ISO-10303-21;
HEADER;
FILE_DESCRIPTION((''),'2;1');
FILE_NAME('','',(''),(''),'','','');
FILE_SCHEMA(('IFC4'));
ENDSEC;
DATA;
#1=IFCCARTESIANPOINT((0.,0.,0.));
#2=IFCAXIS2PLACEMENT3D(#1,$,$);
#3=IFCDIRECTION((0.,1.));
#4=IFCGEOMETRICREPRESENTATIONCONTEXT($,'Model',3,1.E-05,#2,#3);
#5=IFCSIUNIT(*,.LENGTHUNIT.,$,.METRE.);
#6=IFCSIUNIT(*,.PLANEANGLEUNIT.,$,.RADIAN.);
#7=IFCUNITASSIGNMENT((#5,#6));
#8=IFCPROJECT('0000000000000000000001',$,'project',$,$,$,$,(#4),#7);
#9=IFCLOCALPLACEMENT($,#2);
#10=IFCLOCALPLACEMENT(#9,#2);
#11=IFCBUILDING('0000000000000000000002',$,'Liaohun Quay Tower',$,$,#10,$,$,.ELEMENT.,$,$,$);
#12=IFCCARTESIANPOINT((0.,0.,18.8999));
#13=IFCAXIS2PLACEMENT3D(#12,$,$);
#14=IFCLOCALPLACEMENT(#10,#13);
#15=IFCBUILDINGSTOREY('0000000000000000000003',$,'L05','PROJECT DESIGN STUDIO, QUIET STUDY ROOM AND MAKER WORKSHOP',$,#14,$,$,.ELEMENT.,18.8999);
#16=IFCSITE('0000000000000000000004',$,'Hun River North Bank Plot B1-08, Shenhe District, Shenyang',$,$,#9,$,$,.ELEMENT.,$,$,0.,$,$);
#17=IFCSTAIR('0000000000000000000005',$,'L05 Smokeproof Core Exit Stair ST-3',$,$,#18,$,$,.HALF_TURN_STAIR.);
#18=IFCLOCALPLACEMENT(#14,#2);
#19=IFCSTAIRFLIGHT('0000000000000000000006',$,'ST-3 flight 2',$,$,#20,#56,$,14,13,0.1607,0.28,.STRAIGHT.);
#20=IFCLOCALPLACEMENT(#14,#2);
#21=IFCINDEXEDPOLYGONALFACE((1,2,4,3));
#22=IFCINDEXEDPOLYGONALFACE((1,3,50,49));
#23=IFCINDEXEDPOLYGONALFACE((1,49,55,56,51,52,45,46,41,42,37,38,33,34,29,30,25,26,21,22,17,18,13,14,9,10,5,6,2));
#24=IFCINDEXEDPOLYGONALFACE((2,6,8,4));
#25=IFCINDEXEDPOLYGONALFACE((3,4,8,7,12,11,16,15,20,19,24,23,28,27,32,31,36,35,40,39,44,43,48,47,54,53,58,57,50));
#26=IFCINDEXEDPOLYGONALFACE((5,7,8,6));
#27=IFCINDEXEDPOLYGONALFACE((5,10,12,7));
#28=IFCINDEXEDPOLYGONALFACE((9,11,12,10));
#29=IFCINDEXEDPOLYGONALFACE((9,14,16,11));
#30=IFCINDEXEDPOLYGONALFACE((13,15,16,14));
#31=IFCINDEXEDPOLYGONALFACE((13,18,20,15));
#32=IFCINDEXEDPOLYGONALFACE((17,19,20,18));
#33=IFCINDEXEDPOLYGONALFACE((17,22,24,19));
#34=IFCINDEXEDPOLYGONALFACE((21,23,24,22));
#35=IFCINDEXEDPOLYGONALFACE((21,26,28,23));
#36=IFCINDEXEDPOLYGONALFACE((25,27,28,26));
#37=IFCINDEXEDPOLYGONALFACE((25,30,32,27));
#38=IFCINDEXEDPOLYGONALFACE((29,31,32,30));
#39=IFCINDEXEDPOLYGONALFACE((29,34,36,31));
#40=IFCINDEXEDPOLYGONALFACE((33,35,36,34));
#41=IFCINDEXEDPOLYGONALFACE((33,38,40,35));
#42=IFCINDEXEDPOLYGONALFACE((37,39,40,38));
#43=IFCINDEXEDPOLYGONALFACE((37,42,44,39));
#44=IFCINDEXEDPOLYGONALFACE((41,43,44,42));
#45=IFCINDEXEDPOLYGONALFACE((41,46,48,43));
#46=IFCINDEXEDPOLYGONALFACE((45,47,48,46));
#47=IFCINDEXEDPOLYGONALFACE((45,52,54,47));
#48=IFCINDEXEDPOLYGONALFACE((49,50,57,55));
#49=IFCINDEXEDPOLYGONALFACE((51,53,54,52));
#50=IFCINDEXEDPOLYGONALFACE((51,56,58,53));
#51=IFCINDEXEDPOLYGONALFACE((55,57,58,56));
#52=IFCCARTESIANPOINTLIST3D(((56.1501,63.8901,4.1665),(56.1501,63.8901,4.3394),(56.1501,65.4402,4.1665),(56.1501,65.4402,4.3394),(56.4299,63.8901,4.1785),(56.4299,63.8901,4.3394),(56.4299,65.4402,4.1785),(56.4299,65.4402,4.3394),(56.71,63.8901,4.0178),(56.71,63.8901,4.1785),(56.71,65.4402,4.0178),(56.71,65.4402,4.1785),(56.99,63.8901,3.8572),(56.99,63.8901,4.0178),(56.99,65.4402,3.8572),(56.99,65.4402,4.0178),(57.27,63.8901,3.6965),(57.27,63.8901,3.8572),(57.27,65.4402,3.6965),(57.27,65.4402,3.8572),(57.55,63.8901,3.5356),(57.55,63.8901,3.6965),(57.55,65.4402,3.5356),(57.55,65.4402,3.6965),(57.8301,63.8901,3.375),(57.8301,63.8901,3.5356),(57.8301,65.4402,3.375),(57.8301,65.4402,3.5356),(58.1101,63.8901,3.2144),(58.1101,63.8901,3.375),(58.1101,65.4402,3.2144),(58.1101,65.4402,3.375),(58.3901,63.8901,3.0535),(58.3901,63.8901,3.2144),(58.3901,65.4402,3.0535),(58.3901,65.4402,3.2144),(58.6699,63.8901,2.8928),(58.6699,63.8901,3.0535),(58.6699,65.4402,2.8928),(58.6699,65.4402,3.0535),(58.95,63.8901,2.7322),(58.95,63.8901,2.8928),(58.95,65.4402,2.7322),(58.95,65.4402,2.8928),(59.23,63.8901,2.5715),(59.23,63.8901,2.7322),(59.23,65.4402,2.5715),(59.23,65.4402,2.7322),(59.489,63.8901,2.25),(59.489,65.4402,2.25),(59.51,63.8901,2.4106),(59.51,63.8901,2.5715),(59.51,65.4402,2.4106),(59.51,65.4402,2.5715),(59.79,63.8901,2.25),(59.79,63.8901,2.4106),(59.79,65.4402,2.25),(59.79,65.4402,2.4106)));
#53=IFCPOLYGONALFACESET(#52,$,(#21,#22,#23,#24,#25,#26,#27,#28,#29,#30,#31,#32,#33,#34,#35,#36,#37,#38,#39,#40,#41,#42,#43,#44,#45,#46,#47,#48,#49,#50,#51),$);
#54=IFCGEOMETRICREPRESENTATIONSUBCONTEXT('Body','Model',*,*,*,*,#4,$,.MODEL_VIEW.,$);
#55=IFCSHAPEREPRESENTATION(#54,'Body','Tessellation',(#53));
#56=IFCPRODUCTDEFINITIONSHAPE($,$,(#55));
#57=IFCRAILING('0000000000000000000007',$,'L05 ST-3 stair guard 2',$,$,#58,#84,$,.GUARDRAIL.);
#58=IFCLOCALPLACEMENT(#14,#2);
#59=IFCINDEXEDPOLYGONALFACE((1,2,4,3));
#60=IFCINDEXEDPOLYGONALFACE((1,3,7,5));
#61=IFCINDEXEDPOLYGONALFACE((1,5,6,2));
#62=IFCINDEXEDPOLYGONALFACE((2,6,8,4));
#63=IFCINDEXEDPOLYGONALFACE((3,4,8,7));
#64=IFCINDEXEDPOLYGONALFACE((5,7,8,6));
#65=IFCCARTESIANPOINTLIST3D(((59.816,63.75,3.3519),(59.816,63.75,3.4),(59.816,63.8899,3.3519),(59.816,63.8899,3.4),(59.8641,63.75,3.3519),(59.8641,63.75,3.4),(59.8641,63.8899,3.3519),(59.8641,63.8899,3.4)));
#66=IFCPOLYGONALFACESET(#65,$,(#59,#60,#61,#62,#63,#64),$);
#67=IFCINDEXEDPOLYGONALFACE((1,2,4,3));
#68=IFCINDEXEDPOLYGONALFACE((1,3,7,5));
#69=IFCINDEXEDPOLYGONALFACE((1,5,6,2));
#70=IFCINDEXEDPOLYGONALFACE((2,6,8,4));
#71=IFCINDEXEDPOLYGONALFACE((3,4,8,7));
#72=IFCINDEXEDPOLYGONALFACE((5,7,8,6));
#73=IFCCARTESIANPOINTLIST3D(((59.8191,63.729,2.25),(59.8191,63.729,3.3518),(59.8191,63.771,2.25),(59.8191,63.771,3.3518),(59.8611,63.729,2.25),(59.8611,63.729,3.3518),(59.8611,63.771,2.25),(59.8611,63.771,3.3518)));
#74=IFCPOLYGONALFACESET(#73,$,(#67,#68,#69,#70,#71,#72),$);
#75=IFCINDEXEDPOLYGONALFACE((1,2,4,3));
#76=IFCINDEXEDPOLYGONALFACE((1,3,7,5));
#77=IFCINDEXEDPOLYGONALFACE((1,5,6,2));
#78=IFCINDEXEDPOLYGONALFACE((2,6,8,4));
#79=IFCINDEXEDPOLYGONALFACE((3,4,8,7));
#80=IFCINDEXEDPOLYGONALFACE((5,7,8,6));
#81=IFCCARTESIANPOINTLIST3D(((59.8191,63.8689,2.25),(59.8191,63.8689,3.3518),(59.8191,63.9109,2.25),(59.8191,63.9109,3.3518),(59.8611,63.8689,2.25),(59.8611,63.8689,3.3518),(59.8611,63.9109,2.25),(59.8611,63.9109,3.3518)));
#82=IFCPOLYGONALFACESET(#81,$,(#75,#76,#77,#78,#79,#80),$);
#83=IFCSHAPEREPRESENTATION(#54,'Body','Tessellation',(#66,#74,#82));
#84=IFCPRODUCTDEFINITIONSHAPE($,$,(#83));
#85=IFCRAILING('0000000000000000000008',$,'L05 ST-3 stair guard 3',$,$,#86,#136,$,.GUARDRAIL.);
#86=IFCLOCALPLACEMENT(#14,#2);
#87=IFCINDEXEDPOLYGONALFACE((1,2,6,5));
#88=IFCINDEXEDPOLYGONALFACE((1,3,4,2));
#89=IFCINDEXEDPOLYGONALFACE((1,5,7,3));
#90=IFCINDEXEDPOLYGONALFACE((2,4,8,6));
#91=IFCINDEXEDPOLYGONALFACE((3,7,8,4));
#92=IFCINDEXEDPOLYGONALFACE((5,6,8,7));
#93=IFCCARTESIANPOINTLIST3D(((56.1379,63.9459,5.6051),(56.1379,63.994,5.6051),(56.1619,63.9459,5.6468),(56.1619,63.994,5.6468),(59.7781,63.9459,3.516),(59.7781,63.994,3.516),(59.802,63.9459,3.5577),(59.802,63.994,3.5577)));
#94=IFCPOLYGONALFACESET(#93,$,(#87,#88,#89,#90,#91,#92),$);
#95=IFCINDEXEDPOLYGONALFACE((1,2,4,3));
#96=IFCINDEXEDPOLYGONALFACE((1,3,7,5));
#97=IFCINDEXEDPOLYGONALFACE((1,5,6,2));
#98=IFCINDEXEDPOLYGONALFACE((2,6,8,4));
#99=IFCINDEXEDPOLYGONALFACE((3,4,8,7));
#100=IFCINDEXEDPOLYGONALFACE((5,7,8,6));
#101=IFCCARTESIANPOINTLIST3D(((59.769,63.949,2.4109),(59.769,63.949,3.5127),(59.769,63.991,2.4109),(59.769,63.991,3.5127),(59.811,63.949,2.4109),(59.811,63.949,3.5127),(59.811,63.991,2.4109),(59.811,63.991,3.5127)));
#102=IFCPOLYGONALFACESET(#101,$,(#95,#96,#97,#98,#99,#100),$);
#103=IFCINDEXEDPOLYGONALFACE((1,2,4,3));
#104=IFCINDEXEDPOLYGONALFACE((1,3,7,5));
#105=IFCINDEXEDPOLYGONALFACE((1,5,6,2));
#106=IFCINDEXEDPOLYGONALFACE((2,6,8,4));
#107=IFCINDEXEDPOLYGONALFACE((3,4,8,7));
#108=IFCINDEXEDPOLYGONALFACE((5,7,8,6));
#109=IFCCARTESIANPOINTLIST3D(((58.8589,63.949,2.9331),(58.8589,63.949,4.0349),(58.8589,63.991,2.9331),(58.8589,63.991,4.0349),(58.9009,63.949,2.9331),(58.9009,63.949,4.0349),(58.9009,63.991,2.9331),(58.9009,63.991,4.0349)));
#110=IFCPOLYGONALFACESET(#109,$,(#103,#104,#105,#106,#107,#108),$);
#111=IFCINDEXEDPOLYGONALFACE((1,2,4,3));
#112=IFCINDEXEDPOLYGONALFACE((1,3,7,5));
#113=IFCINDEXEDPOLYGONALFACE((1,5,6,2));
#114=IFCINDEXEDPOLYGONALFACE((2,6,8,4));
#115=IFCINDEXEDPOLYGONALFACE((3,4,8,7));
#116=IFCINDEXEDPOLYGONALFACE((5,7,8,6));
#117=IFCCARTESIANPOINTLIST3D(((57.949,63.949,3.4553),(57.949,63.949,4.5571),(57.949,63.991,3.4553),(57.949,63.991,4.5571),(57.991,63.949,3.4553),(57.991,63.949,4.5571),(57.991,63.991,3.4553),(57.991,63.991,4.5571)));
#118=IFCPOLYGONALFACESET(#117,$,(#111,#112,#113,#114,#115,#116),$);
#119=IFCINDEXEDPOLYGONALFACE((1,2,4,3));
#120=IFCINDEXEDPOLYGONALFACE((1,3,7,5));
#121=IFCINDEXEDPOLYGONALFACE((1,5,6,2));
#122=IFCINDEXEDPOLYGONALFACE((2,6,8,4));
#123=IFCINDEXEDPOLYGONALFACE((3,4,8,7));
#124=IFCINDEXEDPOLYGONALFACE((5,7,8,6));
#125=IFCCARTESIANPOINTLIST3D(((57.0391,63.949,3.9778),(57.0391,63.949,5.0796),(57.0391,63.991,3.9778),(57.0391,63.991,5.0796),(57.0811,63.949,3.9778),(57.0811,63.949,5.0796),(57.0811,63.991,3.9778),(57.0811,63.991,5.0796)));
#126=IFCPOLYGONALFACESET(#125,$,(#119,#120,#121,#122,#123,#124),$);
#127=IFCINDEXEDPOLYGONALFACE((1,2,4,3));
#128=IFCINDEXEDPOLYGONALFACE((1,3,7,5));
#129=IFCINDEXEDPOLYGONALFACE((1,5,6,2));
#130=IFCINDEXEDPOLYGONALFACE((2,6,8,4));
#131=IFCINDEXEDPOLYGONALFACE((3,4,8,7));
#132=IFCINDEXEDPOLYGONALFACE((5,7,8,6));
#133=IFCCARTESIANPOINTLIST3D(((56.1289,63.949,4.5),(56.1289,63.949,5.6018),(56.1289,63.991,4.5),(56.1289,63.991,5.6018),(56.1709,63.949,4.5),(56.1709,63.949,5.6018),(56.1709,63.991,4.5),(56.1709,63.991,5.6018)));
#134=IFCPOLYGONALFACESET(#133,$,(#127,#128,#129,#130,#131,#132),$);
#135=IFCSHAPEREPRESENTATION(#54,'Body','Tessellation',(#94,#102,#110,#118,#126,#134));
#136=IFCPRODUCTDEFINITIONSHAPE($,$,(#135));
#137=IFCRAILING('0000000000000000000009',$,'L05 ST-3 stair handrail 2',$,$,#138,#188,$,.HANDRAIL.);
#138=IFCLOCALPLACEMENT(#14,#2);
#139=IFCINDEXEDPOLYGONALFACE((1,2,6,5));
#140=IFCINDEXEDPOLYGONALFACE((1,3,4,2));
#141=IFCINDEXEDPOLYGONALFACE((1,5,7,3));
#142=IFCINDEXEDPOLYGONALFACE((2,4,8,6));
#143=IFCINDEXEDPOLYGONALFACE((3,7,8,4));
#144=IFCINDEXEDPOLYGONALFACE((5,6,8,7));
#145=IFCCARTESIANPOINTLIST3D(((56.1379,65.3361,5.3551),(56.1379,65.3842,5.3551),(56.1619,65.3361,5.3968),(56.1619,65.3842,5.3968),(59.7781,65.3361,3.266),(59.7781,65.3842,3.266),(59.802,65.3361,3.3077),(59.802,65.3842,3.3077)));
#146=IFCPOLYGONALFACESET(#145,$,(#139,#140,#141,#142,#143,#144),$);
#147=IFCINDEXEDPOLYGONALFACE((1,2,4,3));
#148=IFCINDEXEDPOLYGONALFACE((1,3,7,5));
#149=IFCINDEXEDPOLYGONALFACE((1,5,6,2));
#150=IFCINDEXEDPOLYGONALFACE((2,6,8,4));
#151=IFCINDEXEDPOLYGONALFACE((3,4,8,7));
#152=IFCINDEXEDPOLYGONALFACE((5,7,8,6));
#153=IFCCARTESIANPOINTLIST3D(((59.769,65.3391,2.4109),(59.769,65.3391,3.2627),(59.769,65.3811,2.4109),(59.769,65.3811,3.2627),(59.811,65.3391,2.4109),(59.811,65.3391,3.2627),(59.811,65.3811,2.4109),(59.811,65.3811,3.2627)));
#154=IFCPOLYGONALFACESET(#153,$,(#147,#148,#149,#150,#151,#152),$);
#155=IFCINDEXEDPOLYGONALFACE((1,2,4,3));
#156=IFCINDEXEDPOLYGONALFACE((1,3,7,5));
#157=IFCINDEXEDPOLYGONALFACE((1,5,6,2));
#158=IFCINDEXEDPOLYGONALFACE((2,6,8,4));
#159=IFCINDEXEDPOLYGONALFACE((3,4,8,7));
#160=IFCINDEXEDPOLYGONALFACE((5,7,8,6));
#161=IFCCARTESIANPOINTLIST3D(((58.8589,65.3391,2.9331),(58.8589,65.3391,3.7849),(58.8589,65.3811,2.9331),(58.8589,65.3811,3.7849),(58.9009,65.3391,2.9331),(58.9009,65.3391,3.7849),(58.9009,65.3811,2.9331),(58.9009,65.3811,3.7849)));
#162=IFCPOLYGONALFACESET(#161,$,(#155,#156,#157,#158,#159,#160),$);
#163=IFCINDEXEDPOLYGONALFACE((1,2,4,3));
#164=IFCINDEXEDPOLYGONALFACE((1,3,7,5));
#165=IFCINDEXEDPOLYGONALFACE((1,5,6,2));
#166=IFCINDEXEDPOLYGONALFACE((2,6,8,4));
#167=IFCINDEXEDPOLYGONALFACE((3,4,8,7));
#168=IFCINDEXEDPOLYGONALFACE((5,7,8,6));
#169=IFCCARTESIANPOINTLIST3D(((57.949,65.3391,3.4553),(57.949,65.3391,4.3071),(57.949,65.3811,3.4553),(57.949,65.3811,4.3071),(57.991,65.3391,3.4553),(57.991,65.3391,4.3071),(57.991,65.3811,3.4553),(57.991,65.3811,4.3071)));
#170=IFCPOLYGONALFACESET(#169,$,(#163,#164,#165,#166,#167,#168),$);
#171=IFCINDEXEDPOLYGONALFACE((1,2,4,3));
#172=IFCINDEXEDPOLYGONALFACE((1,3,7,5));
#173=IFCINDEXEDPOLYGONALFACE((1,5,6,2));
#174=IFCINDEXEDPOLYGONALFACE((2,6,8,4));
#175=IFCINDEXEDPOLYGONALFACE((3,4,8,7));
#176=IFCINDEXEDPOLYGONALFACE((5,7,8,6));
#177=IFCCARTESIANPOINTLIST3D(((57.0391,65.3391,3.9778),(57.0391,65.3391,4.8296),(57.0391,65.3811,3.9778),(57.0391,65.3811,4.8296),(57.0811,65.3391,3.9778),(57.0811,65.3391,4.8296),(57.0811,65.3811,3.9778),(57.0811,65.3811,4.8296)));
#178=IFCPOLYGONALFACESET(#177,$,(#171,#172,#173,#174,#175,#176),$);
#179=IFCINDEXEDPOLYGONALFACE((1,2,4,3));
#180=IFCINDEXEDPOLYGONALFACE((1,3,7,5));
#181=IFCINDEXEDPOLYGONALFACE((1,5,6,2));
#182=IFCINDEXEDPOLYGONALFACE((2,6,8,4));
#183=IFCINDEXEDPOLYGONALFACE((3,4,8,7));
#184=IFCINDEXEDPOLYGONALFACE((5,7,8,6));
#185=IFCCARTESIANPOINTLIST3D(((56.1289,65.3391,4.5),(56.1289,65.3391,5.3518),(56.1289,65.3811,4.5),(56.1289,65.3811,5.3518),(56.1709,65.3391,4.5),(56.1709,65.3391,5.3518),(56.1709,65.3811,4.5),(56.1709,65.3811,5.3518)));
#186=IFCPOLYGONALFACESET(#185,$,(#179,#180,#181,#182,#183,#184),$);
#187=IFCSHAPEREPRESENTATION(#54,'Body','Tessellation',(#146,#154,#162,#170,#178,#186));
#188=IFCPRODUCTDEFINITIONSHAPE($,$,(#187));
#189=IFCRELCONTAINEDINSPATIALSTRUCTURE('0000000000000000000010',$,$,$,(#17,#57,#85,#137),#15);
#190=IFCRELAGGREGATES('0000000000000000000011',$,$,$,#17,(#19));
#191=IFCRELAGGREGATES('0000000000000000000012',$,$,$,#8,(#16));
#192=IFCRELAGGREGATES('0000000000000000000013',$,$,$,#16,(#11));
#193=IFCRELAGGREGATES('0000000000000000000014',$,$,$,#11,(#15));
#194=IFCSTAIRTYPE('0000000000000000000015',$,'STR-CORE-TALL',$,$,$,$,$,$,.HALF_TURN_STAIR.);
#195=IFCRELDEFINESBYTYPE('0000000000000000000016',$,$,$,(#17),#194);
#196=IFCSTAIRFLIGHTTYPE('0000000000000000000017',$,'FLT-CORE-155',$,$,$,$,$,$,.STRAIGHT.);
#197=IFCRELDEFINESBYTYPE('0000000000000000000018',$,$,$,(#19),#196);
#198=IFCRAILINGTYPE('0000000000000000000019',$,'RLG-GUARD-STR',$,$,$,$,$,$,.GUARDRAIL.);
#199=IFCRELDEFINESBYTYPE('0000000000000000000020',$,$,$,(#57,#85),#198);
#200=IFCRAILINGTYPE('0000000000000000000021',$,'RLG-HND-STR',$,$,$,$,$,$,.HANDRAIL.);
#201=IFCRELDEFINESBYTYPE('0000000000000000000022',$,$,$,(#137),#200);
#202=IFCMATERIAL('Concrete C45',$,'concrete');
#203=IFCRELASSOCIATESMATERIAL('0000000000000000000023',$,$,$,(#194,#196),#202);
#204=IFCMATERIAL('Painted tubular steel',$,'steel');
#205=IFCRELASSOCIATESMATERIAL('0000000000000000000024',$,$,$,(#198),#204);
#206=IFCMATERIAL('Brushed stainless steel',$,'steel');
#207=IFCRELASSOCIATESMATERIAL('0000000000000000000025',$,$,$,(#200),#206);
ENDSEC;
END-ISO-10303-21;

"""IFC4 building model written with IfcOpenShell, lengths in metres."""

from ifc_helpers import new_model, si_unit, direction, frame, origin, origin_2d, place, context, subcontext, project, spatial, polyline, rectangle, outline, extrude, material, type_object, element, aggregate, save


model = new_model("IFC4")

# Units and contexts
model_context = context("Model", 3, precision=1e-05, world=origin(), true_north=direction((0.0, 1.0)))
body_context = subcontext(model_context, "Body", "Model", "MODEL_VIEW")
ifc_project = project(units=[si_unit("LENGTHUNIT", "METRE"), si_unit("PLANEANGLEUNIT", "RADIAN")], contexts=[model_context])

# Site, building, storey
site_placement = place(None, origin())
site = spatial("IfcSite", under=ifc_project, at=site_placement, Name="Hun River North Bank Plot B1-08, Shenhe District, Shenyang", CompositionType="ELEMENT", RefElevation=0.0)
building_placement = place(site_placement, origin())
building = spatial("IfcBuilding", under=site, at=building_placement, Name="Liaohun Quay Tower", CompositionType="ELEMENT")
storey_placement = place(building_placement, frame((0.0, 0.0, 18.8999)))
storey = spatial("IfcBuildingStorey", under=building, at=storey_placement, Name="L05", Description="PROJECT DESIGN STUDIO, QUIET STUDY ROOM AND MAKER WORKSHOP", CompositionType="ELEMENT", Elevation=18.8999)

# Stair, stair flight
ifc_material_1 = material(Name="Concrete C45", Category="concrete")
stair_type = type_object("IfcStairType", Name="STR-CORE-TALL", PredefinedType="HALF_TURN_STAIR", material=ifc_material_1)
stair_placement = place(storey_placement, origin())
stair = element("IfcStair", 1, at=stair_placement, inside=storey, type_object=stair_type, Name="L05 Smokeproof Core Exit Stair ST-3", PredefinedType="HALF_TURN_STAIR")
stair_flight_type = type_object("IfcStairFlightType", Name="FLT-CORE-155", PredefinedType="STRAIGHT", material=ifc_material_1)
stair_flight_placement = place(storey_placement, frame((59.79, 64.665, 2.25), z_axis=(0.0, 0.0, 1.0), x_axis=(-1.0, 0.0, 0.0)))
stair_flight = element("IfcStairFlight", 2, at=stair_flight_placement, type_object=stair_flight_type, Name="ST-3 flight 2", NumberOfRisers=14, NumberOfTreads=13, PredefinedType="STRAIGHT", RiserHeight=0.1607, TreadLength=0.28, context=body_context, shape_type="SweptSolid", body=[
    extrude(outline(polyline([(0.0, 0.0), (0.0, 0.1606), (0.28, 0.1606), (0.28, 0.3215), (0.5601, 0.3215), (0.5601, 0.4822), (0.8401, 0.4822), (0.8401, 0.6428), (1.1201, 0.6428), (1.1201, 0.8035), (1.3999, 0.8035), (1.3999, 0.9644), (1.6799, 0.9644), (1.6799, 1.125), (1.96, 1.125), (1.96, 1.2856), (2.24, 1.2856), (2.24, 1.4465), (2.52, 1.4465), (2.52, 1.6072), (2.8, 1.6072), (2.8, 1.7678), (3.0801, 1.7678), (3.0801, 1.9285), (3.3601, 1.9285), (3.3601, 2.0894), (3.6399, 2.0894), (3.6399, 2.25), (3.6399, 1.9165), (0.301, 0.0), (0.0, 0.0)])), frame((0.0, 0.7749, 0.0), z_axis=(0.0, -1.0, 0.0), x_axis=(1.0, 0.0, 0.0)), (0.0, 0.0, 1.0), 1.55),
])
aggregate(stair, [stair_flight])

# Railings
ifc_material_2 = material(Name="Painted tubular steel", Category="steel")
railing_type_1 = type_object("IfcRailingType", Name="RLG-GUARD-STR", PredefinedType="GUARDRAIL", material=ifc_material_2)
railing_1_placement = place(storey_placement, frame((59.8401, 63.75, 2.25)))
element("IfcRailing", 3, at=railing_1_placement, inside=storey, type_object=railing_type_1, Name="L05 ST-3 stair guard 2", PredefinedType="GUARDRAIL", context=body_context, shape_type="SweptSolid", body=[
    extrude(rectangle(XDim=0.0481, YDim=0.0481, at=origin_2d()), frame((0.0, 0.0, 1.126), z_axis=(0.0, 1.0, 0.0), x_axis=(-1.0, 0.0, 0.0)), (0.0, 0.0, 1.0), 0.1399),
    extrude(rectangle(XDim=0.042, YDim=0.042, at=origin_2d()), origin(), (0.0, 0.0, 1.0), 1.1018),
    extrude(rectangle(XDim=0.042, YDim=0.042, at=origin_2d()), frame((0.0, 0.1399, 0.0)), (0.0, 0.0, 1.0), 1.1018),
])
railing_2_placement = place(storey_placement, frame((59.79, 63.97, 2.4109)))
element("IfcRailing", 4, at=railing_2_placement, inside=storey, type_object=railing_type_1, Name="L05 ST-3 stair guard 3", PredefinedType="GUARDRAIL", context=body_context, shape_type="SweptSolid", body=[
    extrude(rectangle(XDim=0.0481, YDim=0.0481, at=origin_2d()), frame((0.0, 0.0, 1.126), z_axis=(-0.867314, 0.0, 0.497761), x_axis=(0.0, -1.0, 0.0)), (0.0, 0.0, 1.0), 4.197),
    extrude(rectangle(XDim=0.042, YDim=0.042, at=origin_2d()), origin(), (0.0, 0.0, 1.0), 1.1018),
    extrude(rectangle(XDim=0.042, YDim=0.042, at=origin_2d()), frame((-0.9102, 0.0, 0.5222)), (0.0, 0.0, 1.0), 1.1018),
    extrude(rectangle(XDim=0.042, YDim=0.042, at=origin_2d()), frame((-1.8201, 0.0, 1.0444)), (0.0, 0.0, 1.0), 1.1018),
    extrude(rectangle(XDim=0.042, YDim=0.042, at=origin_2d()), frame((-2.73, 0.0, 1.5669)), (0.0, 0.0, 1.0), 1.1018),
    extrude(rectangle(XDim=0.042, YDim=0.042, at=origin_2d()), frame((-3.6401, 0.0, 2.0891)), (0.0, 0.0, 1.0), 1.1018),
])
ifc_material_3 = material(Name="Brushed stainless steel", Category="steel")
railing_type_2 = type_object("IfcRailingType", Name="RLG-HND-STR", PredefinedType="HANDRAIL", material=ifc_material_3)
railing_3_placement = place(storey_placement, frame((59.79, 65.3601, 2.4109)))
element("IfcRailing", 5, at=railing_3_placement, inside=storey, type_object=railing_type_2, Name="L05 ST-3 stair handrail 2", PredefinedType="HANDRAIL", context=body_context, shape_type="SweptSolid", body=[
    extrude(rectangle(XDim=0.0481, YDim=0.0481, at=origin_2d()), frame((0.0, 0.0, 0.876), z_axis=(-0.867314, 0.0, 0.497761), x_axis=(0.0, -1.0, 0.0)), (0.0, 0.0, 1.0), 4.197),
    extrude(rectangle(XDim=0.042, YDim=0.042, at=origin_2d()), origin(), (0.0, 0.0, 1.0), 0.8518),
    extrude(rectangle(XDim=0.042, YDim=0.042, at=origin_2d()), frame((-0.9102, 0.0, 0.5222)), (0.0, 0.0, 1.0), 0.8518),
    extrude(rectangle(XDim=0.042, YDim=0.042, at=origin_2d()), frame((-1.8201, 0.0, 1.0444)), (0.0, 0.0, 1.0), 0.8518),
    extrude(rectangle(XDim=0.042, YDim=0.042, at=origin_2d()), frame((-2.73, 0.0, 1.5669)), (0.0, 0.0, 1.0), 0.8518),
    extrude(rectangle(XDim=0.042, YDim=0.042, at=origin_2d()), frame((-3.6401, 0.0, 2.0891)), (0.0, 0.0, 1.0), 0.8518),
])

save(model, "model.ifc")
